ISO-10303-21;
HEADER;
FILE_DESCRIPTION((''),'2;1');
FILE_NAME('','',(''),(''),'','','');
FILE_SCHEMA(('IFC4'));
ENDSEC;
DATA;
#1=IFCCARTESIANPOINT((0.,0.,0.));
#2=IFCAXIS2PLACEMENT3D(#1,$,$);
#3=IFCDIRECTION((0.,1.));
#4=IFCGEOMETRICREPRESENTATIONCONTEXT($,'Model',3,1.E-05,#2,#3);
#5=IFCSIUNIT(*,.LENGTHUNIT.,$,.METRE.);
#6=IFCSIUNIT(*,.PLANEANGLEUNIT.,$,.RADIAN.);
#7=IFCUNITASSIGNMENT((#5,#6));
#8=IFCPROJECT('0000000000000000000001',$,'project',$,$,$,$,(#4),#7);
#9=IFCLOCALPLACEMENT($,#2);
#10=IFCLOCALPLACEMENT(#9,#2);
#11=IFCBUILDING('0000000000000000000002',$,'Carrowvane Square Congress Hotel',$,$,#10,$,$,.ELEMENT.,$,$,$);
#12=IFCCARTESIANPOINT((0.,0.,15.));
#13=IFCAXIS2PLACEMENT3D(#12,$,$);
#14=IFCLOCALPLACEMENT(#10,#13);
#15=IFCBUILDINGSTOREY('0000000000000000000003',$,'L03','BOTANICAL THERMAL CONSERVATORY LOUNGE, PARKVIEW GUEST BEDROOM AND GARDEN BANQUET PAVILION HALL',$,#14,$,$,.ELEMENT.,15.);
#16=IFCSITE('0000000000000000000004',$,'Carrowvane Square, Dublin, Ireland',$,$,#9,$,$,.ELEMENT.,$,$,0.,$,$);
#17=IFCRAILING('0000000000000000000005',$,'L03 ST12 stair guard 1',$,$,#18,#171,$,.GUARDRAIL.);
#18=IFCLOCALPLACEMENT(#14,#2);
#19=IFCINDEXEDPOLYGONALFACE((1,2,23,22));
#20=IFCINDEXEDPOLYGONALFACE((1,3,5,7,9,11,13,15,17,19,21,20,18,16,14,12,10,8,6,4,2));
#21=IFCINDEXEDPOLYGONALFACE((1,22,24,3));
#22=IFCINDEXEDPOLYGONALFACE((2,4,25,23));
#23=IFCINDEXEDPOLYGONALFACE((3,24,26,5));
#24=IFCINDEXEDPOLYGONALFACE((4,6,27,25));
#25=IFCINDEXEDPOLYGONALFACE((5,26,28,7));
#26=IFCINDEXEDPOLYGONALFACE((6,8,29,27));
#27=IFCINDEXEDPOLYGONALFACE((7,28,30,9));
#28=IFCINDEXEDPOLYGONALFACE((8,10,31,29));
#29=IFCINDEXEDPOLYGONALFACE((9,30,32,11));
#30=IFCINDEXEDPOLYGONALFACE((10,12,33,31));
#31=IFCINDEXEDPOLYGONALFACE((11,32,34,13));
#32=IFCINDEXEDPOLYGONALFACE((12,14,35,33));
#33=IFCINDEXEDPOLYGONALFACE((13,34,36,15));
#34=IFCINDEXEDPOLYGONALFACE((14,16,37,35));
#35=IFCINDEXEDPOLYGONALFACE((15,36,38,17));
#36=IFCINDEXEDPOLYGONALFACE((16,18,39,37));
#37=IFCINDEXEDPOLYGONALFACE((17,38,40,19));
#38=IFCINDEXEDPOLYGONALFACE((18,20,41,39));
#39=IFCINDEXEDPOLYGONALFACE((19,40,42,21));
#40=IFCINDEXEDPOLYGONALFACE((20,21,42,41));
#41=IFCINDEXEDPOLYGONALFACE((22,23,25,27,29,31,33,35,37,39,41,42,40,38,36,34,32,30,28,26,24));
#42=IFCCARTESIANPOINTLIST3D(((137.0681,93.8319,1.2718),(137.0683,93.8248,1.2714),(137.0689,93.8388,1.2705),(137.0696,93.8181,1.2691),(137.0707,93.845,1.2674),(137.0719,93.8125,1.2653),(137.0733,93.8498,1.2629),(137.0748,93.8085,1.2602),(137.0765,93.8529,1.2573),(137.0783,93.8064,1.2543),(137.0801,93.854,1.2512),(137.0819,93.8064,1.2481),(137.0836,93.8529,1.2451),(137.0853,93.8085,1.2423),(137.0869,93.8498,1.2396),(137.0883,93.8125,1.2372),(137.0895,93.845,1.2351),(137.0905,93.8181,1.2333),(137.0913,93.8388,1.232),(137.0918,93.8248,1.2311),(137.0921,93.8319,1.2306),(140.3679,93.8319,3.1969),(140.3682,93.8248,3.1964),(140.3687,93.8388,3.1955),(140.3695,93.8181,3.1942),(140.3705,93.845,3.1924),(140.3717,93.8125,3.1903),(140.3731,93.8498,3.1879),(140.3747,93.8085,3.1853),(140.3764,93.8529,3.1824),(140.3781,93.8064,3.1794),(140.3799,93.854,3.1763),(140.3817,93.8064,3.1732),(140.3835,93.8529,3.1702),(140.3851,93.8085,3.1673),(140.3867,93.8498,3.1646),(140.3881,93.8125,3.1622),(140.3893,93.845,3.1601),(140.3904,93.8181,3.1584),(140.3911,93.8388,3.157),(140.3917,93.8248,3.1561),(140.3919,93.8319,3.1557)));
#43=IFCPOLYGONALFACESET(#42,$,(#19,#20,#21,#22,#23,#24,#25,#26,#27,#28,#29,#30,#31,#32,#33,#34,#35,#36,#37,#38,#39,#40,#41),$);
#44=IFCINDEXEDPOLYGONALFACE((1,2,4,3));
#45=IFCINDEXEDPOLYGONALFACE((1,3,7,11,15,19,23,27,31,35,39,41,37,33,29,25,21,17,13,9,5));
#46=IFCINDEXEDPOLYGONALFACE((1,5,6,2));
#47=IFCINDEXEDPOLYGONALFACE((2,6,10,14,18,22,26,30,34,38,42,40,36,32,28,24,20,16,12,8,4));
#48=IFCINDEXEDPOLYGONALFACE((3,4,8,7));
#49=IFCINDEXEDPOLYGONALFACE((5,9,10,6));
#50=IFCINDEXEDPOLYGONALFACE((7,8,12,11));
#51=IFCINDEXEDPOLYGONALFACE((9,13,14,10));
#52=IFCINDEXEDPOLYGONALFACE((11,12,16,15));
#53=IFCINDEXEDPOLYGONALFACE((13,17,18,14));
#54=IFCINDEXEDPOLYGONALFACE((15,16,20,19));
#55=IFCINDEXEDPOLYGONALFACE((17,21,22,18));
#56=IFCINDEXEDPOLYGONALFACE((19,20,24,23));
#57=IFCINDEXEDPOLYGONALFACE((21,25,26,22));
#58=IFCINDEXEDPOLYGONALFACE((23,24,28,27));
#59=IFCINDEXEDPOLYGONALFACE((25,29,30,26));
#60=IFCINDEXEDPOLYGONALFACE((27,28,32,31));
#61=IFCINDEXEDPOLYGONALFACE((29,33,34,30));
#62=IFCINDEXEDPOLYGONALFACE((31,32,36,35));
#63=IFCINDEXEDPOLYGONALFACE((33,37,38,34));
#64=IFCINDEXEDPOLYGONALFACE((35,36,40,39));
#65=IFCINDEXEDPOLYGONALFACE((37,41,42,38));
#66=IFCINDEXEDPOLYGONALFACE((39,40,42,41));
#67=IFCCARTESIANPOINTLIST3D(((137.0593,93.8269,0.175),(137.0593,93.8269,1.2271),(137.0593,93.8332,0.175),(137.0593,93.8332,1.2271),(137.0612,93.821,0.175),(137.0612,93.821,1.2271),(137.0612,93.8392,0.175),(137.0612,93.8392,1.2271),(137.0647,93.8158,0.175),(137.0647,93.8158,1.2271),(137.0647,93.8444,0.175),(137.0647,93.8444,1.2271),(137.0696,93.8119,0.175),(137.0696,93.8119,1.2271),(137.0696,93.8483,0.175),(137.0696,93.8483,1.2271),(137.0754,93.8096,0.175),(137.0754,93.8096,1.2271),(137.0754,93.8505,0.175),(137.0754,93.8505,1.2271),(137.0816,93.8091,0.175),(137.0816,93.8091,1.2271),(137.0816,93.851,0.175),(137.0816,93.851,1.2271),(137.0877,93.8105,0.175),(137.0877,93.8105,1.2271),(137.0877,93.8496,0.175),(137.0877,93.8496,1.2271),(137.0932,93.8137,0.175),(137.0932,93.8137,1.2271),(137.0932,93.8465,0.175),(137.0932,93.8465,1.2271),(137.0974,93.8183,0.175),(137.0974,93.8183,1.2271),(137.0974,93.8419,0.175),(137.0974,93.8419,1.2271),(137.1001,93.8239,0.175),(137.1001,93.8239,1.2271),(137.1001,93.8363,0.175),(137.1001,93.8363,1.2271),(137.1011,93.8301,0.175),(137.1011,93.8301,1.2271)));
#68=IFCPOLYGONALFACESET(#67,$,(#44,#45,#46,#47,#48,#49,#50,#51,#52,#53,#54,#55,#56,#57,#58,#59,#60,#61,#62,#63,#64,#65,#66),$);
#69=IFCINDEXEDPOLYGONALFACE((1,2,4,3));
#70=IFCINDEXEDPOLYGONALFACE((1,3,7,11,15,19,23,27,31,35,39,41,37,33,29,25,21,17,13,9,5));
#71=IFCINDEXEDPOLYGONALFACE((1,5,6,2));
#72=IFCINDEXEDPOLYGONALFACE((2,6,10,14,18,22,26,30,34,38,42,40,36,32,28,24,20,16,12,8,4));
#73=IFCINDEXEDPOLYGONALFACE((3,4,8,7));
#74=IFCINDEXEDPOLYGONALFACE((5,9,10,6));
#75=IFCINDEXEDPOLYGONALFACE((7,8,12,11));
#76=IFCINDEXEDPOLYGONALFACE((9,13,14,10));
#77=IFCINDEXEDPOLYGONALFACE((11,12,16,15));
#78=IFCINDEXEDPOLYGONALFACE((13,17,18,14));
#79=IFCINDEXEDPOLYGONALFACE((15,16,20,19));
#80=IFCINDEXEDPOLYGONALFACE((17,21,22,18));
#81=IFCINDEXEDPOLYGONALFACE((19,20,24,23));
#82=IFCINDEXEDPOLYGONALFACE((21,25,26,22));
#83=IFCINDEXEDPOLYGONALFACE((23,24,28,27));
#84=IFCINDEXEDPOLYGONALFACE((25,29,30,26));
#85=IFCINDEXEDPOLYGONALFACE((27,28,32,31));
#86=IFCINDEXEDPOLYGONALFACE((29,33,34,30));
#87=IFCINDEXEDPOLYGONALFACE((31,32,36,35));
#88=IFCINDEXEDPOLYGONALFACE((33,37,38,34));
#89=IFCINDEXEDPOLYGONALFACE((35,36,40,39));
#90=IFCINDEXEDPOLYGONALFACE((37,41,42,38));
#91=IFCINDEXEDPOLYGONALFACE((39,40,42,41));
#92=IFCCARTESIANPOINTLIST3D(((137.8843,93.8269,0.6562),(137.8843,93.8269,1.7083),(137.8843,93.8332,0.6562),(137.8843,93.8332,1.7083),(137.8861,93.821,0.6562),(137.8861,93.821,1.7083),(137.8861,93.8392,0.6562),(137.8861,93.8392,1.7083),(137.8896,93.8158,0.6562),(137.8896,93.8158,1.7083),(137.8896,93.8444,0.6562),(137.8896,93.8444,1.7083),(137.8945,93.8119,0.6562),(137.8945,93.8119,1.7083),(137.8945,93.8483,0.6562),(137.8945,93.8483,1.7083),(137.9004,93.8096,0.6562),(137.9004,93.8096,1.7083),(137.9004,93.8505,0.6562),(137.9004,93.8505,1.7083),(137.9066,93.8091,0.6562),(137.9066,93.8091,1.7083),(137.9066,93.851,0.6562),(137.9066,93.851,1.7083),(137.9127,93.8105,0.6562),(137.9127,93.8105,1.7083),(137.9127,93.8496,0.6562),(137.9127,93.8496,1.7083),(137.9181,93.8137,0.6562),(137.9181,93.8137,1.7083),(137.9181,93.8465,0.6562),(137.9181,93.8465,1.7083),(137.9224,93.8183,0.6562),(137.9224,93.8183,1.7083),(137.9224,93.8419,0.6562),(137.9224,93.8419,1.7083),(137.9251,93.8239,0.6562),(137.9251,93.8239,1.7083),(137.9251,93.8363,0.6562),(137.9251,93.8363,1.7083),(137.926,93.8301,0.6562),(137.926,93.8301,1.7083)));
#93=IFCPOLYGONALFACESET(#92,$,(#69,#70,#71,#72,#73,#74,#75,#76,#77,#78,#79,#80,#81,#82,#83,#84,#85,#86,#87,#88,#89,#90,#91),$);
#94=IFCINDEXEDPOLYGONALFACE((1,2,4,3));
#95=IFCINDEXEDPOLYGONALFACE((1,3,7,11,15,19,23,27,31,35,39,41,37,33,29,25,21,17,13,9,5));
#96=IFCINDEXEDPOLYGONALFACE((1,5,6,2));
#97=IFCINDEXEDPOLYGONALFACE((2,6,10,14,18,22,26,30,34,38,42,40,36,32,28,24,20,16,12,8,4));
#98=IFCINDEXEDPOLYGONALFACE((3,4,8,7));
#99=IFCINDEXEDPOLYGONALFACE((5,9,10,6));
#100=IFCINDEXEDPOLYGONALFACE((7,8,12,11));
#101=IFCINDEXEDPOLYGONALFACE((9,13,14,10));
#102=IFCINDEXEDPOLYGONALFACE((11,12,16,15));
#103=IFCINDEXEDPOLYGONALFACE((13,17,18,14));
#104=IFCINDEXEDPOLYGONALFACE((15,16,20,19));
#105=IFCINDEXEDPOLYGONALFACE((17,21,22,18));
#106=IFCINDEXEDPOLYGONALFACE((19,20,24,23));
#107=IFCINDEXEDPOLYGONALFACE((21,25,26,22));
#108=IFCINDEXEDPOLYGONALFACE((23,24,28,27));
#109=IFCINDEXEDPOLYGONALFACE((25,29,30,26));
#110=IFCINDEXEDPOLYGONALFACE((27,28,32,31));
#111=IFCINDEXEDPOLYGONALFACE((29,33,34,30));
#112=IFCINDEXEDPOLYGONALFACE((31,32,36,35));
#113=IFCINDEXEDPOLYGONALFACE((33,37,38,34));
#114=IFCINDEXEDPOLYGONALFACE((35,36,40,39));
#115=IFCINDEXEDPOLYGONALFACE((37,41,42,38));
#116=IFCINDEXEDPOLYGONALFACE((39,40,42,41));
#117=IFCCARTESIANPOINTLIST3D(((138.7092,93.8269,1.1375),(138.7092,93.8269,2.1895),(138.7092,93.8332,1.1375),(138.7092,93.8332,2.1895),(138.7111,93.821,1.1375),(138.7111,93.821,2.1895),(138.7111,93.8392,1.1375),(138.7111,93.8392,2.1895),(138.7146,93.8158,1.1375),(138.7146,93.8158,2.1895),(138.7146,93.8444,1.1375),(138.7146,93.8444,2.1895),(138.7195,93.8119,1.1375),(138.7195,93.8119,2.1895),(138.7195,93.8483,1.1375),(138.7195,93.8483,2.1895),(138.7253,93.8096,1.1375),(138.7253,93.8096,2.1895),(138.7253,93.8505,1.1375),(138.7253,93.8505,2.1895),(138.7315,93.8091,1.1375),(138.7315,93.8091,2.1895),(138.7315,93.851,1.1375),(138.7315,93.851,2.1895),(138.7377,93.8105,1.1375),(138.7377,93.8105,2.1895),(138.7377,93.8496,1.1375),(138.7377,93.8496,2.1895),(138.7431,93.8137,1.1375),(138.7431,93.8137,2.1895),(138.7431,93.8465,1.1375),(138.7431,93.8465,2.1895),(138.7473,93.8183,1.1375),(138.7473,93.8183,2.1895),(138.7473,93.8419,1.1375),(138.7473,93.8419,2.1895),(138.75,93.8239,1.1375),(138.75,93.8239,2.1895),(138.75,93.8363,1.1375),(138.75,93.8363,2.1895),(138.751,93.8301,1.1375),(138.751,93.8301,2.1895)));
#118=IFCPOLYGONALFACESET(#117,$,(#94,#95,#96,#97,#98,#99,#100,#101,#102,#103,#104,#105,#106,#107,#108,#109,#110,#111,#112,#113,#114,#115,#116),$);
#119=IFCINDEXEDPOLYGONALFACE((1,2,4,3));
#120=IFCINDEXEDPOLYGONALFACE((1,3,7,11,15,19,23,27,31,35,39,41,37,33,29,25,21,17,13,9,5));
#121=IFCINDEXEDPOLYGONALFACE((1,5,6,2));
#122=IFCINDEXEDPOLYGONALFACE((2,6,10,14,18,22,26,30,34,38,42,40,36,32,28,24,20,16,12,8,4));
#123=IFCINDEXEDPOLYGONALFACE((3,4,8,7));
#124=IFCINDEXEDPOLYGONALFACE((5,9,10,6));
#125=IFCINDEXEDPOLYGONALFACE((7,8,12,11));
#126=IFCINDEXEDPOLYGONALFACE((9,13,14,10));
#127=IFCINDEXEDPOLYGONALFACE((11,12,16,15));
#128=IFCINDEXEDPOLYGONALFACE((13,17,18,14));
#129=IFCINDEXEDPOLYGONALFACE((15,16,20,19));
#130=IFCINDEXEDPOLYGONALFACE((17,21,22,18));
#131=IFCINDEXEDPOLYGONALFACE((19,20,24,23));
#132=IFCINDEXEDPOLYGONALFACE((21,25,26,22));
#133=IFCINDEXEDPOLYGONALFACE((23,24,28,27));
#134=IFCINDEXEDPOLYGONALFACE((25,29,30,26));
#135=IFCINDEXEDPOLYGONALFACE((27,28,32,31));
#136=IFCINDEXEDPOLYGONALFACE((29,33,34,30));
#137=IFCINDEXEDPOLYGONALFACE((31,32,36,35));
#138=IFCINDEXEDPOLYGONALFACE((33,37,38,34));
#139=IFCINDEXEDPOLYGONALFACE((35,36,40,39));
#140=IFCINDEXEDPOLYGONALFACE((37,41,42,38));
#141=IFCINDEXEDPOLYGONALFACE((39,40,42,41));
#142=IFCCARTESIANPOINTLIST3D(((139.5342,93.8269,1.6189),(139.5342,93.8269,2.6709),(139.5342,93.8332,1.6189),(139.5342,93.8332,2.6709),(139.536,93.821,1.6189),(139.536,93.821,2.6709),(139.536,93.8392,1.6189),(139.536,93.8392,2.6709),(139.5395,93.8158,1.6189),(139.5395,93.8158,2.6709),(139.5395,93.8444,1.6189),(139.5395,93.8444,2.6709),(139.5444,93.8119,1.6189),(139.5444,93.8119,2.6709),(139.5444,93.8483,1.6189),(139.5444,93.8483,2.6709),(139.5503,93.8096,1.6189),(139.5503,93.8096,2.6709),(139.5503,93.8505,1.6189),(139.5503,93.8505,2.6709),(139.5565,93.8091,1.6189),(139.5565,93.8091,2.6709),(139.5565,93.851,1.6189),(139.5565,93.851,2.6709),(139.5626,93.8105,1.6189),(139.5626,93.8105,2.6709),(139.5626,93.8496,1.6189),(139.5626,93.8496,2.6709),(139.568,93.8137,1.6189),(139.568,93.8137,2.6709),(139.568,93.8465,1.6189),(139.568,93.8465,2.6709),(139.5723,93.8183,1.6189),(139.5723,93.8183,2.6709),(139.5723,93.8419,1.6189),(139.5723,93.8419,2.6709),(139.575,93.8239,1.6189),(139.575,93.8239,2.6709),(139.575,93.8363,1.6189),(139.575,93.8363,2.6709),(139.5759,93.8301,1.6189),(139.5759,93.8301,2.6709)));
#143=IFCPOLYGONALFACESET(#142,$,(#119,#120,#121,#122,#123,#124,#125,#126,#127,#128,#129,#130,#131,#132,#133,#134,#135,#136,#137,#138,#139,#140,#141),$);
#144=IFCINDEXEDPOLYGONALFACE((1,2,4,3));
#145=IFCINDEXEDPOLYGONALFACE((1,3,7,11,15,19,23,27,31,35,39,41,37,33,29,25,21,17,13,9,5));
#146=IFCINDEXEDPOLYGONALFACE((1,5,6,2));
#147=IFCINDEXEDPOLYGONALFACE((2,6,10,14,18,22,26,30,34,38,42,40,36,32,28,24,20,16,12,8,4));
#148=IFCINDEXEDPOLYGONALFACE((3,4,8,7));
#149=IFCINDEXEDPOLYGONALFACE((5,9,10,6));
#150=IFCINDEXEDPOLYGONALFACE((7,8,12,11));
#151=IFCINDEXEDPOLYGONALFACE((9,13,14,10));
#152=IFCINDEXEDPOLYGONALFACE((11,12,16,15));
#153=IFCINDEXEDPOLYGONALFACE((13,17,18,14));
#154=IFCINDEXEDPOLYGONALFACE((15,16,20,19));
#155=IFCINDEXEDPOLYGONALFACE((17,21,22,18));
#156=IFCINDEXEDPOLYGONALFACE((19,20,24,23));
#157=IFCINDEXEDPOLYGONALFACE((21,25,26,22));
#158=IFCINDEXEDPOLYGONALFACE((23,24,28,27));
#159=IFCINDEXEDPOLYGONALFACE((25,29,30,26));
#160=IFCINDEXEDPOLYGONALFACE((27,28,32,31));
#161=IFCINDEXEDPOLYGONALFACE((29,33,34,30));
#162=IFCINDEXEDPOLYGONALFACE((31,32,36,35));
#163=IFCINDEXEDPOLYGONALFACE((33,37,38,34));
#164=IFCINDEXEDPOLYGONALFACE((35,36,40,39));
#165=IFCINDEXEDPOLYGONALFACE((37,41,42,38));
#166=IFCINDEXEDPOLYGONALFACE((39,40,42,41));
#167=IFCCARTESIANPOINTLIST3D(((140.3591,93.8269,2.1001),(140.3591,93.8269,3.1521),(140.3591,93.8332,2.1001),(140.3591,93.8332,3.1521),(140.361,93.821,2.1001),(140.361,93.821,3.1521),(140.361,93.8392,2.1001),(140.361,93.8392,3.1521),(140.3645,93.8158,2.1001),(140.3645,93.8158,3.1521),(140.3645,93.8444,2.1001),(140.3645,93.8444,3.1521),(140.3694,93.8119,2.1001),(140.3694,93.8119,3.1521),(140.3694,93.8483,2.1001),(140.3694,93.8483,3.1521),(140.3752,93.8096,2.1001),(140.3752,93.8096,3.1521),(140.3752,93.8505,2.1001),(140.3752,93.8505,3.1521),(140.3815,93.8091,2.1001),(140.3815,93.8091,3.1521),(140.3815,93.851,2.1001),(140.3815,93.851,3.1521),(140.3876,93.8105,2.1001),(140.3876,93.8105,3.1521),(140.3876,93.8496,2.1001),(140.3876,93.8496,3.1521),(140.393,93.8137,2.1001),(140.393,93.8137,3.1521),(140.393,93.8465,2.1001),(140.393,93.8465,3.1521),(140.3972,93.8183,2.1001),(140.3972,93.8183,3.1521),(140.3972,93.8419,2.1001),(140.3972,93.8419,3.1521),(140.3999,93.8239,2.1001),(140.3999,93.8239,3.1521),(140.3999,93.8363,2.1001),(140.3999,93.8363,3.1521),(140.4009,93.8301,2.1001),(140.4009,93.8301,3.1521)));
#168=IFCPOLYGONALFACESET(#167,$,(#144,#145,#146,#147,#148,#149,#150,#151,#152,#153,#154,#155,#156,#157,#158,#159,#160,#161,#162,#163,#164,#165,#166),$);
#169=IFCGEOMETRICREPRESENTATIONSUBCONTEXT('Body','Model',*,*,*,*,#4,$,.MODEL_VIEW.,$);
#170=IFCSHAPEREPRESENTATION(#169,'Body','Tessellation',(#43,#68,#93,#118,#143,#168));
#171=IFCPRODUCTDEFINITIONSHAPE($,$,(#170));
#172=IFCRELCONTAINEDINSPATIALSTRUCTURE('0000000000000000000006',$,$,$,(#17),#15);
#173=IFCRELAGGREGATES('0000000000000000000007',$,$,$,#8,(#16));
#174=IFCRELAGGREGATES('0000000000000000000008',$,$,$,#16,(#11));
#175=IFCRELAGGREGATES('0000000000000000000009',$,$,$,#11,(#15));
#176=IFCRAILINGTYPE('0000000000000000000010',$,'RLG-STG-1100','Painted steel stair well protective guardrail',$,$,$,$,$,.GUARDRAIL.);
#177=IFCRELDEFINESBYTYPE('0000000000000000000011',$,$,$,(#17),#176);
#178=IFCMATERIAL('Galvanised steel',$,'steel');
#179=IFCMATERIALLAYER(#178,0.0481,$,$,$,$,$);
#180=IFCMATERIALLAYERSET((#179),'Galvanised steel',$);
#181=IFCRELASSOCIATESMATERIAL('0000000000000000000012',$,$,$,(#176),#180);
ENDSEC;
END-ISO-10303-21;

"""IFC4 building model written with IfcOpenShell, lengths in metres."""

from ifc_helpers import new_model, si_unit, direction, frame, origin, origin_2d, place, context, subcontext, project, spatial, circle, extrude, material, layer, layer_set, type_object, element, save


model = new_model("IFC4")

# Units and contexts
model_context = context("Model", 3, precision=1e-05, world=origin(), true_north=direction((0.0, 1.0)))
body_context = subcontext(model_context, "Body", "Model", "MODEL_VIEW")
ifc_project = project(units=[si_unit("LENGTHUNIT", "METRE"), si_unit("PLANEANGLEUNIT", "RADIAN")], contexts=[model_context])

# Site, building, storey
site_placement = place(None, origin())
site = spatial("IfcSite", under=ifc_project, at=site_placement, Name="Carrowvane Square, Dublin, Ireland", CompositionType="ELEMENT", RefElevation=0.0)
building_placement = place(site_placement, origin())
building = spatial("IfcBuilding", under=site, at=building_placement, Name="Carrowvane Square Congress Hotel", CompositionType="ELEMENT")
storey_placement = place(building_placement, frame((0.0, 0.0, 15.0)))
storey = spatial("IfcBuildingStorey", under=building, at=storey_placement, Name="L03", Description="BOTANICAL THERMAL CONSERVATORY LOUNGE, PARKVIEW GUEST BEDROOM AND GARDEN BANQUET PAVILION HALL", CompositionType="ELEMENT", Elevation=15.0)

# Railing
ifc_material_1 = material(Name="Galvanised steel", Category="steel")
ifc_layer_1 = layer(ifc_material_1, 0.0481)
ifc_layer_set_1 = layer_set([ifc_layer_1], Name="Galvanised steel")
railing_type_1 = type_object("IfcRailingType", Name="RLG-STG-1100", Description="Painted steel stair well protective guardrail", PredefinedType="GUARDRAIL", material=ifc_layer_set_1)
railing_1_placement = place(storey_placement, frame((137.0801, 93.8301, 0.175)))
element("IfcRailing", 1, at=railing_1_placement, inside=storey, type_object=railing_type_1, Name="L03 ST12 stair guard 1", PredefinedType="GUARDRAIL", context=body_context, shape_type="SweptSolid", body=[
    extrude(circle(Radius=0.0239, at=origin_2d()), frame((0.0, 0.0, 1.0762), z_axis=(0.86376, 0.0, 0.503903), x_axis=(0.0, 1.0, 0.0)), (0.0, 0.0, 1.0), 3.8203),
    extrude(circle(Radius=0.021, at=origin_2d()), origin(), (0.0, 0.0, 1.0), 1.052),
    extrude(circle(Radius=0.021, at=origin_2d()), frame((0.825, 0.0, 0.4812)), (0.0, 0.0, 1.0), 1.052),
    extrude(circle(Radius=0.021, at=origin_2d()), frame((1.6499, 0.0, 0.9624)), (0.0, 0.0, 1.0), 1.052),
    extrude(circle(Radius=0.021, at=origin_2d()), frame((2.4749, 0.0, 1.4438)), (0.0, 0.0, 1.0), 1.052),
    extrude(circle(Radius=0.021, at=origin_2d()), frame((3.2998, 0.0, 1.925)), (0.0, 0.0, 1.0), 1.052),
])

save(model, "model.ifc")
